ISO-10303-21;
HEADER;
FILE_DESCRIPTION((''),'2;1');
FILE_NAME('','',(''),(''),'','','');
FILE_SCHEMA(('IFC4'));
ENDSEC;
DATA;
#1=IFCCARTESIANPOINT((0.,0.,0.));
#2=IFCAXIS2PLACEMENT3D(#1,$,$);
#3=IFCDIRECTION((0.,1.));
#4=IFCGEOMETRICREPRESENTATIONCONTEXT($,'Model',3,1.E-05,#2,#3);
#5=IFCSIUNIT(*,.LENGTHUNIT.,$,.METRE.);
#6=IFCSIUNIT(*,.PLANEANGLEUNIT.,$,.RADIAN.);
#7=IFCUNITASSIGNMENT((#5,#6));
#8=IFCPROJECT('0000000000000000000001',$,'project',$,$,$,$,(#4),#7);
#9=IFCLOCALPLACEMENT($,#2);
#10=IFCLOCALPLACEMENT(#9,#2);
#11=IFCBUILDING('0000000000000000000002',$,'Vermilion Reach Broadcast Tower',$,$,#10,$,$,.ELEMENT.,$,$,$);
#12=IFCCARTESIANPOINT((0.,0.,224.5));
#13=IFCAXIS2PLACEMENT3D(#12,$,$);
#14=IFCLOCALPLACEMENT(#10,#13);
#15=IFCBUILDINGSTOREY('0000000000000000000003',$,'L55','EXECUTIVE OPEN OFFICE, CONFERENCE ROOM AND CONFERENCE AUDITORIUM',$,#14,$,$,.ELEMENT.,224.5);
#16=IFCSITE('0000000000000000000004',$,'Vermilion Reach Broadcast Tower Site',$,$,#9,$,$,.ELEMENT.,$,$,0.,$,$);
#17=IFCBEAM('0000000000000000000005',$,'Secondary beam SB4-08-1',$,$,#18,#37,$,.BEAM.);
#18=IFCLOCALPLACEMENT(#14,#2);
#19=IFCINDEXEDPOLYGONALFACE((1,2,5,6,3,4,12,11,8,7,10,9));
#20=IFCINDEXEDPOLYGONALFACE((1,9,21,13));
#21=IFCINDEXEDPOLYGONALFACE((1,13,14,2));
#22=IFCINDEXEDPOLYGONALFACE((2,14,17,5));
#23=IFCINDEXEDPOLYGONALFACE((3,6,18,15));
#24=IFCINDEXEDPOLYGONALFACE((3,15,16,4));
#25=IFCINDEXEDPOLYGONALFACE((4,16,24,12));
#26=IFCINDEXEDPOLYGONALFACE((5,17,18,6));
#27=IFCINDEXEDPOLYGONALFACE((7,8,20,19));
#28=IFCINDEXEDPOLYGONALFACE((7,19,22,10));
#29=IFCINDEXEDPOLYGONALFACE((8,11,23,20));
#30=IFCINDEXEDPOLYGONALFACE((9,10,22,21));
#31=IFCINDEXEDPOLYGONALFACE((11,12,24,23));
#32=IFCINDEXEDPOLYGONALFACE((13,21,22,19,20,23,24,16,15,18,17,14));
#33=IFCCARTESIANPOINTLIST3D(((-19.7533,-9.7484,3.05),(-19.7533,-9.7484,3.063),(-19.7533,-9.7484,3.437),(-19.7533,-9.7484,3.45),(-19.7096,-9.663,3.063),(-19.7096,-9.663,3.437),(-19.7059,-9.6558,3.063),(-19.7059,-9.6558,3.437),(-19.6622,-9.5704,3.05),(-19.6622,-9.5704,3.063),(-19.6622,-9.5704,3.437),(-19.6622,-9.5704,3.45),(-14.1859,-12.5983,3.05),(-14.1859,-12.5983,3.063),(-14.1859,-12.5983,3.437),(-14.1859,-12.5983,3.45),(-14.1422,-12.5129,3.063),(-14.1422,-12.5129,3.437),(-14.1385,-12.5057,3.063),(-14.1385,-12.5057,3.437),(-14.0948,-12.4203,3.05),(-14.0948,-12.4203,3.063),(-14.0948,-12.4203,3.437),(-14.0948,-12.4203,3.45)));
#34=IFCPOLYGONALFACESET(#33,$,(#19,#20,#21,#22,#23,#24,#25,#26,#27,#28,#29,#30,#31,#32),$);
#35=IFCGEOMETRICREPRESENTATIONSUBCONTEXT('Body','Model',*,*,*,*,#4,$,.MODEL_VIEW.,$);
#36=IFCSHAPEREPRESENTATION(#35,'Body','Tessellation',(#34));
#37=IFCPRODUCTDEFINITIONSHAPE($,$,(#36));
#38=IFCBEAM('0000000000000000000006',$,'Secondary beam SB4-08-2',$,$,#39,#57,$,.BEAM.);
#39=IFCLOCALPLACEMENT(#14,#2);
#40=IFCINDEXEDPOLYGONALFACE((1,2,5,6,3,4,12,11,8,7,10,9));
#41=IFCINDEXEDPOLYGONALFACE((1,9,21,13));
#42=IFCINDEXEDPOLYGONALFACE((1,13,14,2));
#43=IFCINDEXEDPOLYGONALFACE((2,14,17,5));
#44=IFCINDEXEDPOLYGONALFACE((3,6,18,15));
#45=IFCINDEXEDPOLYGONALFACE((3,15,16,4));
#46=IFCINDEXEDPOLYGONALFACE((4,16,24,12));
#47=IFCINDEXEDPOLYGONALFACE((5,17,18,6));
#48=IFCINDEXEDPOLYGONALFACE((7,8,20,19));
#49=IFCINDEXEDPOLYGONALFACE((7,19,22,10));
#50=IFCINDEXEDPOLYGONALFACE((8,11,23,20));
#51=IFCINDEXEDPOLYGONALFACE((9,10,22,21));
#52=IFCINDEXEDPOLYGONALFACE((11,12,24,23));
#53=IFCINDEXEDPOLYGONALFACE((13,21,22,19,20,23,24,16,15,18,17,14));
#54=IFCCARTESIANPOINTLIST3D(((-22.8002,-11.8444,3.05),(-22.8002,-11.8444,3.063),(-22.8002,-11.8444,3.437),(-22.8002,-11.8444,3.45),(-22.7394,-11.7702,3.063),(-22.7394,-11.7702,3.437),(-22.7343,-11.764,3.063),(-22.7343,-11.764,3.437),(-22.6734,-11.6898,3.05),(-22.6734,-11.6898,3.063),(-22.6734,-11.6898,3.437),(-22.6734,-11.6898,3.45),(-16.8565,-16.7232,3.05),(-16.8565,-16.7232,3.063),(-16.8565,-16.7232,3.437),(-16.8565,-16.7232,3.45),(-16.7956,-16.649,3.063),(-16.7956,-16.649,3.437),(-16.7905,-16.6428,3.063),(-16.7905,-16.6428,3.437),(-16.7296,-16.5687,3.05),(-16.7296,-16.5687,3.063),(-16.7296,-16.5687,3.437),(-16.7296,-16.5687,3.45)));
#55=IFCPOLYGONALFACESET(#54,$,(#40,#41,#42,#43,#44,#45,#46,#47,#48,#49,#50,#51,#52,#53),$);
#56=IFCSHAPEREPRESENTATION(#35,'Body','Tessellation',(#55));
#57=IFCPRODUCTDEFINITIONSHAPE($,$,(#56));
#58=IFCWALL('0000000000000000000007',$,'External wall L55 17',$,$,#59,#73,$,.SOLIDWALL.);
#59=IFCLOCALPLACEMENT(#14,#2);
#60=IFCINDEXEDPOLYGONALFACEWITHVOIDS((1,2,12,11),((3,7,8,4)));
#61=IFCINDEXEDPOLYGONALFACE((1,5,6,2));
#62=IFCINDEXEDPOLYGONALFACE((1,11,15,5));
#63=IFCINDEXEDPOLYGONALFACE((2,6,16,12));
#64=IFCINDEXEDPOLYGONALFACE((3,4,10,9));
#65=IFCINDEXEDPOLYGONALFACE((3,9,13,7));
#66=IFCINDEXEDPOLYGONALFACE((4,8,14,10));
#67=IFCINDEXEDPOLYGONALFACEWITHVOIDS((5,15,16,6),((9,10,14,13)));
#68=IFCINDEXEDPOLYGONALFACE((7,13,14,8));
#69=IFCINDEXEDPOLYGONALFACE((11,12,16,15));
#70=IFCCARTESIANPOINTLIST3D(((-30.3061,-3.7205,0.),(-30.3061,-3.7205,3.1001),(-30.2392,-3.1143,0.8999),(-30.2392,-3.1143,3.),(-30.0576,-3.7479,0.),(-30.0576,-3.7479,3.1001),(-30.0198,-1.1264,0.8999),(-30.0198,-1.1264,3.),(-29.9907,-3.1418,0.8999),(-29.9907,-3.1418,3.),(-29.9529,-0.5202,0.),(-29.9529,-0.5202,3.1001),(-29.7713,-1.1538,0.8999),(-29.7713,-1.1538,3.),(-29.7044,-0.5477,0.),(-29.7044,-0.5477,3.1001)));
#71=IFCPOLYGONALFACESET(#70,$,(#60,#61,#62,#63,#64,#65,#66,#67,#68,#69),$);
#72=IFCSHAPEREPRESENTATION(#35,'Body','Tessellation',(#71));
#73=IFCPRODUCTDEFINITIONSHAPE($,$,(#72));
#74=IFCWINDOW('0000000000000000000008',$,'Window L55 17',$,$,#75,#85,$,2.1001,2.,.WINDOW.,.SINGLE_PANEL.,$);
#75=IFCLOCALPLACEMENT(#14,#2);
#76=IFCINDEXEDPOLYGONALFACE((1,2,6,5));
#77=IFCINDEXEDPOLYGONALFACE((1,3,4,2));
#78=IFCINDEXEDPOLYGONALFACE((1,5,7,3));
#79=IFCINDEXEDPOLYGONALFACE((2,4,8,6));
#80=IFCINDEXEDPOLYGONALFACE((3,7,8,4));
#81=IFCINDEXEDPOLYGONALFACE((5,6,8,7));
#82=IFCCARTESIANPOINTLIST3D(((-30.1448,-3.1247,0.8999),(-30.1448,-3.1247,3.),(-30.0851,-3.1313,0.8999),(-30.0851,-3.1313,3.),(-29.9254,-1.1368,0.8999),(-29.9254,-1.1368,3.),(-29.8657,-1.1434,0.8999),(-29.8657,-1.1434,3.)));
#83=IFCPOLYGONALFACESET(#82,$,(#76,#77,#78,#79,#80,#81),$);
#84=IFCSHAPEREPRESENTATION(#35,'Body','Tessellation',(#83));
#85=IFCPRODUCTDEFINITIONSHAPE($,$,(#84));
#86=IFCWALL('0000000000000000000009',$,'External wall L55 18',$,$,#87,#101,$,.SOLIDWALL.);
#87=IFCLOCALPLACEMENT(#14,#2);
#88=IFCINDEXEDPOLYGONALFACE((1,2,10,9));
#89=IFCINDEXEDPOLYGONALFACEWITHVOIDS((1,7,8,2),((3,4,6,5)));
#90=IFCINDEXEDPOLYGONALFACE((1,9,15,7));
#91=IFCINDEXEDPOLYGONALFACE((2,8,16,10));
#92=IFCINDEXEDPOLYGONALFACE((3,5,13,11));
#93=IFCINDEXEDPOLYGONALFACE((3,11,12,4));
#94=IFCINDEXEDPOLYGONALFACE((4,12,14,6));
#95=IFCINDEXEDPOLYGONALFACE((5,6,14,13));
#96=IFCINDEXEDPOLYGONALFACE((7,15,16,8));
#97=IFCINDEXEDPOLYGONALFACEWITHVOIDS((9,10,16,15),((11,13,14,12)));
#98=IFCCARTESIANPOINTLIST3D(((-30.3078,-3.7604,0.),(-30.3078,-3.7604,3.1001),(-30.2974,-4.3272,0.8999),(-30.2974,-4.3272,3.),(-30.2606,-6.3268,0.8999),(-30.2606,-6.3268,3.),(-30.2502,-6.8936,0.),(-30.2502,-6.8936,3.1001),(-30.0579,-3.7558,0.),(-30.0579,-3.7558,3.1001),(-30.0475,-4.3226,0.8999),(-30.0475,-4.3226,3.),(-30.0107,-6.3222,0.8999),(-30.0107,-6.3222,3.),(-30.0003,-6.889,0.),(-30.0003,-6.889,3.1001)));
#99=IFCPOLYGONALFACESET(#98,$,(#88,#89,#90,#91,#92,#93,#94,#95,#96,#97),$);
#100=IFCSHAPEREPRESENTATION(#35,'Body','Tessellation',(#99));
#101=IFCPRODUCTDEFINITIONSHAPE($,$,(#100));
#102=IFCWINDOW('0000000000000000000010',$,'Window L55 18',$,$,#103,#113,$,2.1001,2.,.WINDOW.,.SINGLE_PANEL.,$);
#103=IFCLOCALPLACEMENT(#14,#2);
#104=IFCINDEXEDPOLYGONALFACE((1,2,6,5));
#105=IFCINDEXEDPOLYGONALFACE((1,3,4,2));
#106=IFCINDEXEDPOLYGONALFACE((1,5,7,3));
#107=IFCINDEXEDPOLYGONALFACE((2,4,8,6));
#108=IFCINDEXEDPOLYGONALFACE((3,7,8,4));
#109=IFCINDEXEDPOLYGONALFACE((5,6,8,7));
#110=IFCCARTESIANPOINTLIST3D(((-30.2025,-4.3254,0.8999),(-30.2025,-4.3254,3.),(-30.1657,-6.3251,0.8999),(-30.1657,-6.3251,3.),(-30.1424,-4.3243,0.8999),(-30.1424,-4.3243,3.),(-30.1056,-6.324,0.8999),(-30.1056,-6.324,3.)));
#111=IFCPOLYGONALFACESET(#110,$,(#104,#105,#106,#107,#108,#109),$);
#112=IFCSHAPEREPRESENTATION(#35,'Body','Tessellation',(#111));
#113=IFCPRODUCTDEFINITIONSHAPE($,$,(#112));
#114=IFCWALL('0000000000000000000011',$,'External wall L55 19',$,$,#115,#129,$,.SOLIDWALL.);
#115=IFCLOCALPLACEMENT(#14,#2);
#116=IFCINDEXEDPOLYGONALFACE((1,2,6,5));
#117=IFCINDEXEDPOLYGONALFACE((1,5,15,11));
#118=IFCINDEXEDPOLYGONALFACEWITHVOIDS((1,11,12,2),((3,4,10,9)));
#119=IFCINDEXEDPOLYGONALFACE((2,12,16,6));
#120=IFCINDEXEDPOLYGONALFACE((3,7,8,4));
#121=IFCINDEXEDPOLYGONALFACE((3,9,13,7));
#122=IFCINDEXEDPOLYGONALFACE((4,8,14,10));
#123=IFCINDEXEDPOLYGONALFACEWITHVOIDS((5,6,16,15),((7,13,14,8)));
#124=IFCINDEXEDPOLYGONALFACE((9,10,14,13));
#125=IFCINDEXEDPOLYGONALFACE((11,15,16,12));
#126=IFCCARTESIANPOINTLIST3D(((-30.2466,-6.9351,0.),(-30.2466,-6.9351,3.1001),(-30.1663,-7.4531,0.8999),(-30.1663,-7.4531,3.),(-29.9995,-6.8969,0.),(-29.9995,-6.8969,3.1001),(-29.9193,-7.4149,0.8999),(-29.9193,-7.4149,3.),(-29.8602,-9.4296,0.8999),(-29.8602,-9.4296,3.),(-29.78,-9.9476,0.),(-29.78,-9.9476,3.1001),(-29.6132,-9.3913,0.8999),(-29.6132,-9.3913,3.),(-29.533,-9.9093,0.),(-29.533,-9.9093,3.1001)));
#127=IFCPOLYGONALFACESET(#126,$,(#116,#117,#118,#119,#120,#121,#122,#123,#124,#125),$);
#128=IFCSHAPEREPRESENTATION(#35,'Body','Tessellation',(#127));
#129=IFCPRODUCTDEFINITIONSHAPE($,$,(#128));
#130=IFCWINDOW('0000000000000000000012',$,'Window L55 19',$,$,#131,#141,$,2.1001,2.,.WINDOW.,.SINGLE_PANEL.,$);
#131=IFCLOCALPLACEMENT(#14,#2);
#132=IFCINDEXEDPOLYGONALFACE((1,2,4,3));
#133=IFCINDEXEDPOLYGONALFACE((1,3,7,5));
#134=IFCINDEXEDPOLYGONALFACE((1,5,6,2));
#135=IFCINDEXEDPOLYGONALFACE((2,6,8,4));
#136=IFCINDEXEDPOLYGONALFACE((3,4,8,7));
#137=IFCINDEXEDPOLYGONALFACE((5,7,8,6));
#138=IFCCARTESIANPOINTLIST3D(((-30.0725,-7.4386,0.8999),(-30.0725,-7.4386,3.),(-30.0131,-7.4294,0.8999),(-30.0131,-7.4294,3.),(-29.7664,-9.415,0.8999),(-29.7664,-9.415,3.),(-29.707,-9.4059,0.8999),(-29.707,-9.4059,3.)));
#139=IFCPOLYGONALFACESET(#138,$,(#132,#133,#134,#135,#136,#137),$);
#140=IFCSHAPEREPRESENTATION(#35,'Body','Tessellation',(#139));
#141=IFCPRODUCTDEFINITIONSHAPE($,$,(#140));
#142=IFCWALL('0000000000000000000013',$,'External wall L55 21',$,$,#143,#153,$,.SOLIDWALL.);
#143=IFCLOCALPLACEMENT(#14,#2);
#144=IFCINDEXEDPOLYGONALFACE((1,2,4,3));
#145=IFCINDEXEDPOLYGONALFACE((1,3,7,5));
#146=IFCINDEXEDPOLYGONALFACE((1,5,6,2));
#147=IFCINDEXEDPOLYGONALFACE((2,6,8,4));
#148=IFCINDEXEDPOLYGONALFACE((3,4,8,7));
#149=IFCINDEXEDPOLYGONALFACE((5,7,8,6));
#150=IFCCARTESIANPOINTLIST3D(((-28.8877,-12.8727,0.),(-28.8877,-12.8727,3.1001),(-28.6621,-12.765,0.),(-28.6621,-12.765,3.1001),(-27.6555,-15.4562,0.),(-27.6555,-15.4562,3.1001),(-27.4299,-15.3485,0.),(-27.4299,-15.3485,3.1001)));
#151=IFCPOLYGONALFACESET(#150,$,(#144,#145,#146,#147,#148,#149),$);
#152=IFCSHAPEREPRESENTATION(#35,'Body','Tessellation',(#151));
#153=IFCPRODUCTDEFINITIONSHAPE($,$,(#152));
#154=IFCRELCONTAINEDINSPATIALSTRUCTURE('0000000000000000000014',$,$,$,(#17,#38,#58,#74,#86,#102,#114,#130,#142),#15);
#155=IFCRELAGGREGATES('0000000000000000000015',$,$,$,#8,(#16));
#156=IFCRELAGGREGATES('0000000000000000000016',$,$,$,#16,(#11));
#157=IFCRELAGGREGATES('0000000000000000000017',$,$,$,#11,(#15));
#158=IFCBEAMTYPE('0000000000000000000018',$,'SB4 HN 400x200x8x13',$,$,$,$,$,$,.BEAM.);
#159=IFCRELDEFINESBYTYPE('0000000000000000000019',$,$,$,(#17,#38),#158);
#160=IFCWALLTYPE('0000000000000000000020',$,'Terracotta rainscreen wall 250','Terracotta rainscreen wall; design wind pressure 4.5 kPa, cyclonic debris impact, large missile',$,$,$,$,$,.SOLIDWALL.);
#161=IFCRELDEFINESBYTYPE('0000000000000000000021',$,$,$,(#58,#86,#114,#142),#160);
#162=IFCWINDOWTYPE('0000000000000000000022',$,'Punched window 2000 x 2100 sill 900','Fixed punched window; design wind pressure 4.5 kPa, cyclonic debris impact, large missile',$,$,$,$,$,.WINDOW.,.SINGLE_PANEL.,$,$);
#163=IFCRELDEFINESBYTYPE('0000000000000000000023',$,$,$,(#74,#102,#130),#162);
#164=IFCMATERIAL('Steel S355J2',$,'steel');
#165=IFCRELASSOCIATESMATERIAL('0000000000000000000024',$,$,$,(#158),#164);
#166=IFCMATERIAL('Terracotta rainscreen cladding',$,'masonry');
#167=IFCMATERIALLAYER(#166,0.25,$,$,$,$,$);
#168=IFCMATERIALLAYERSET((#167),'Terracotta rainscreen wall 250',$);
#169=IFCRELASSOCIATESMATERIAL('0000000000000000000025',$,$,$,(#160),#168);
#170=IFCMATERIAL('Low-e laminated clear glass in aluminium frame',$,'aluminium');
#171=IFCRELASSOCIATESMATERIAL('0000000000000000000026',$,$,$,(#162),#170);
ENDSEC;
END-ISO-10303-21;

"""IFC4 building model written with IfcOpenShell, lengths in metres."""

from ifc_helpers import new_model, si_unit, direction, frame, frame_2d, origin, origin_2d, place, context, subcontext, project, spatial, rectangle, i_section, extrude, material, layer, layer_set, material_profile, profile_set, type_object, element, fill, save


model = new_model("IFC4")

# Units and contexts
model_context = context("Model", 3, precision=1e-05, world=origin(), true_north=direction((0.0, 1.0)))
body_context = subcontext(model_context, "Body", "Model", "MODEL_VIEW")
ifc_project = project(units=[si_unit("LENGTHUNIT", "METRE"), si_unit("PLANEANGLEUNIT", "RADIAN")], contexts=[model_context])

# Site, building, storey
site_placement = place(None, origin())
site = spatial("IfcSite", under=ifc_project, at=site_placement, Name="Vermilion Reach Broadcast Tower Site", CompositionType="ELEMENT", RefElevation=0.0)
building_placement = place(site_placement, origin())
building = spatial("IfcBuilding", under=site, at=building_placement, Name="Vermilion Reach Broadcast Tower", CompositionType="ELEMENT")
storey_placement = place(building_placement, frame((0.0, 0.0, 224.5)))
storey = spatial("IfcBuildingStorey", under=building, at=storey_placement, Name="L55", Description="EXECUTIVE OPEN OFFICE, CONFERENCE ROOM AND CONFERENCE AUDITORIUM", CompositionType="ELEMENT", Elevation=224.5)

# Beams
ifc_material_1 = material(Name="Steel S355J2", Category="steel")
ifc_material_profile_1 = material_profile(ifc_material_1, i_section(OverallWidth=0.2, OverallDepth=0.3999, WebThickness=0.0081, FlangeThickness=0.0129, at=origin_2d()), Name="S355J2 HN 400x200x8x13")
ifc_profile_set_1 = profile_set([ifc_material_profile_1], Name="Steel S355J2")
beam_type_1 = type_object("IfcBeamType", Name="SB4 HN 400x200x8x13", PredefinedType="BEAM", material=ifc_profile_set_1)
beam_1_placement = place(storey_placement, frame((-19.7078, -9.6594, 3.25), z_axis=(0.890156, -0.455656, 0.0), x_axis=(0.455656, 0.890156, 0.0)))
element("IfcBeam", 1, at=beam_1_placement, inside=storey, type_object=beam_type_1, Name="Secondary beam SB4-08-1", PredefinedType="BEAM", context=body_context, shape_type="SweptSolid", body=[
    extrude(i_section(OverallWidth=0.2, OverallDepth=0.3999, WebThickness=0.0081, FlangeThickness=0.0129, at=origin_2d()), origin(), (0.0, 0.0, 1.0), 6.2544),
])
beam_2_placement = place(storey_placement, frame((-22.7368, -11.7671, 3.25), z_axis=(0.772952, -0.634465, 0.0), x_axis=(0.634465, 0.772952, 0.0)))
element("IfcBeam", 2, at=beam_2_placement, inside=storey, type_object=beam_type_1, Name="Secondary beam SB4-08-2", PredefinedType="BEAM", context=body_context, shape_type="SweptSolid", body=[
    extrude(i_section(OverallWidth=0.2, OverallDepth=0.3999, WebThickness=0.0081, FlangeThickness=0.0129, at=origin_2d()), origin(), (0.0, 0.0, 1.0), 7.6897),
])

# Walls, openings, windows
ifc_material_2 = material(Name="Terracotta rainscreen cladding", Category="masonry")
ifc_layer_1 = layer(ifc_material_2, 0.25)
ifc_layer_set_1 = layer_set([ifc_layer_1], Name="Terracotta rainscreen wall 250")
wall_type_1 = type_object("IfcWallType", Name="Terracotta rainscreen wall 250", Description="Terracotta rainscreen wall; design wind pressure 4.5 kPa, cyclonic debris impact, large missile", PredefinedType="SOLIDWALL", material=ifc_layer_set_1)
wall_1_placement = place(storey_placement, frame((-29.8286, -0.5339, 0.0), z_axis=(0.0, 0.0, 1.0), x_axis=(-0.109724, -0.993962, 0.0)))
wall_1 = element("IfcWall", 3, at=wall_1_placement, inside=storey, type_object=wall_type_1, Name="External wall L55 17", PredefinedType="SOLIDWALL", context=body_context, shape_type="SweptSolid", body=[
    extrude(rectangle(XDim=3.2197, YDim=0.25, at=frame_2d((1.6099, 0.0))), origin(), (0.0, 0.0, 1.0), 3.1001),
])
opening_1_placement = place(wall_1_placement, frame((0.6099, 0.0, 0.8999)))
opening_1 = element("IfcOpeningElement", 4, at=opening_1_placement, cuts=wall_1, PredefinedType="OPENING", context=body_context, shape_type="SweptSolid", body=[
    extrude(rectangle(XDim=2.0, YDim=2.1001, at=frame_2d((1.0, 1.05))), frame((0.0, 0.135, 0.0), z_axis=(0.0, -1.0, 0.0), x_axis=(1.0, 0.0, 0.0)), (0.0, 0.0, 1.0), 0.27),
])
ifc_material_3 = material(Name="Low-e laminated clear glass in aluminium frame", Category="aluminium")
window_type = type_object("IfcWindowType", Name="Punched window 2000 x 2100 sill 900", Description="Fixed punched window; design wind pressure 4.5 kPa, cyclonic debris impact, large missile", PartitioningType="SINGLE_PANEL", PredefinedType="WINDOW", material=ifc_material_3)
window_1_placement = place(opening_1_placement, origin())
window_1 = element("IfcWindow", 5, at=window_1_placement, inside=storey, type_object=window_type, Name="Window L55 17", OverallHeight=2.1001, OverallWidth=2.0, PartitioningType="SINGLE_PANEL", PredefinedType="WINDOW", context=body_context, shape_type="SweptSolid", body=[
    extrude(rectangle(XDim=2.0, YDim=2.1001, at=frame_2d((1.0, 1.05))), frame((0.0, 0.03, 0.0), z_axis=(0.0, -1.0, 0.0), x_axis=(1.0, 0.0, 0.0)), (0.0, 0.0, 1.0), 0.0601),
])
fill(opening_1, window_1)
wall_2_placement = place(storey_placement, frame((-30.1829, -3.7581, 0.0), z_axis=(0.0, 0.0, 1.0), x_axis=(0.018386, -0.999831, 0.0)))
wall_2 = element("IfcWall", 6, at=wall_2_placement, inside=storey, type_object=wall_type_1, Name="External wall L55 18", PredefinedType="SOLIDWALL", context=body_context, shape_type="SweptSolid", body=[
    extrude(rectangle(XDim=3.1338, YDim=0.25, at=frame_2d((1.5669, 0.0))), origin(), (0.0, 0.0, 1.0), 3.1001),
])
opening_2_placement = place(wall_2_placement, frame((0.5669, 0.0, 0.8999)))
opening_2 = element("IfcOpeningElement", 7, at=opening_2_placement, cuts=wall_2, PredefinedType="OPENING", context=body_context, shape_type="SweptSolid", body=[
    extrude(rectangle(XDim=2.0, YDim=2.1001, at=frame_2d((1.0, 1.05))), frame((0.0, 0.135, 0.0), z_axis=(0.0, -1.0, 0.0), x_axis=(1.0, 0.0, 0.0)), (0.0, 0.0, 1.0), 0.27),
])
window_2_placement = place(opening_2_placement, origin())
window_2 = element("IfcWindow", 8, at=window_2_placement, inside=storey, type_object=window_type, Name="Window L55 18", OverallHeight=2.1001, OverallWidth=2.0, PartitioningType="SINGLE_PANEL", PredefinedType="WINDOW", context=body_context, shape_type="SweptSolid", body=[
    extrude(rectangle(XDim=2.0, YDim=2.1001, at=frame_2d((1.0, 1.05))), frame((0.0, 0.03, 0.0), z_axis=(0.0, -1.0, 0.0), x_axis=(1.0, 0.0, 0.0)), (0.0, 0.0, 1.0), 0.0601),
])
fill(opening_2, window_2)
wall_3_placement = place(storey_placement, frame((-30.123, -6.916, 0.0), z_axis=(0.0, 0.0, 1.0), x_axis=(0.15305, -0.988218, 0.0)))
wall_3 = element("IfcWall", 9, at=wall_3_placement, inside=storey, type_object=wall_type_1, Name="External wall L55 19", PredefinedType="SOLIDWALL", context=body_context, shape_type="SweptSolid", body=[
    extrude(rectangle(XDim=3.0483, YDim=0.25, at=frame_2d((1.5242, 0.0))), origin(), (0.0, 0.0, 1.0), 3.1001),
])
opening_3_placement = place(wall_3_placement, frame((0.5242, 0.0, 0.8999)))
opening_3 = element("IfcOpeningElement", 10, at=opening_3_placement, cuts=wall_3, PredefinedType="OPENING", context=body_context, shape_type="SweptSolid", body=[
    extrude(rectangle(XDim=2.0, YDim=2.1001, at=frame_2d((1.0, 1.05))), frame((0.0, 0.135, 0.0), z_axis=(0.0, -1.0, 0.0), x_axis=(1.0, 0.0, 0.0)), (0.0, 0.0, 1.0), 0.27),
])
window_3_placement = place(opening_3_placement, origin())
window_3 = element("IfcWindow", 11, at=window_3_placement, inside=storey, type_object=window_type, Name="Window L55 19", OverallHeight=2.1001, OverallWidth=2.0, PartitioningType="SINGLE_PANEL", PredefinedType="WINDOW", context=body_context, shape_type="SweptSolid", body=[
    extrude(rectangle(XDim=2.0, YDim=2.1001, at=frame_2d((1.0, 1.05))), frame((0.0, 0.03, 0.0), z_axis=(0.0, -1.0, 0.0), x_axis=(1.0, 0.0, 0.0)), (0.0, 0.0, 1.0), 0.0601),
])
fill(opening_3, window_3)

# Wall
wall_4_placement = place(storey_placement, frame((-28.7749, -12.8188, 0.0), z_axis=(0.0, 0.0, 1.0), x_axis=(0.430486, -0.902597, 0.0)))
element("IfcWall", 12, at=wall_4_placement, inside=storey, type_object=wall_type_1, Name="External wall L55 21", PredefinedType="SOLIDWALL", context=body_context, shape_type="SweptSolid", body=[
    extrude(rectangle(XDim=2.8623, YDim=0.25, at=frame_2d((1.4312, 0.0))), origin(), (0.0, 0.0, 1.0), 3.1001),
])

save(model, "model.ifc")
